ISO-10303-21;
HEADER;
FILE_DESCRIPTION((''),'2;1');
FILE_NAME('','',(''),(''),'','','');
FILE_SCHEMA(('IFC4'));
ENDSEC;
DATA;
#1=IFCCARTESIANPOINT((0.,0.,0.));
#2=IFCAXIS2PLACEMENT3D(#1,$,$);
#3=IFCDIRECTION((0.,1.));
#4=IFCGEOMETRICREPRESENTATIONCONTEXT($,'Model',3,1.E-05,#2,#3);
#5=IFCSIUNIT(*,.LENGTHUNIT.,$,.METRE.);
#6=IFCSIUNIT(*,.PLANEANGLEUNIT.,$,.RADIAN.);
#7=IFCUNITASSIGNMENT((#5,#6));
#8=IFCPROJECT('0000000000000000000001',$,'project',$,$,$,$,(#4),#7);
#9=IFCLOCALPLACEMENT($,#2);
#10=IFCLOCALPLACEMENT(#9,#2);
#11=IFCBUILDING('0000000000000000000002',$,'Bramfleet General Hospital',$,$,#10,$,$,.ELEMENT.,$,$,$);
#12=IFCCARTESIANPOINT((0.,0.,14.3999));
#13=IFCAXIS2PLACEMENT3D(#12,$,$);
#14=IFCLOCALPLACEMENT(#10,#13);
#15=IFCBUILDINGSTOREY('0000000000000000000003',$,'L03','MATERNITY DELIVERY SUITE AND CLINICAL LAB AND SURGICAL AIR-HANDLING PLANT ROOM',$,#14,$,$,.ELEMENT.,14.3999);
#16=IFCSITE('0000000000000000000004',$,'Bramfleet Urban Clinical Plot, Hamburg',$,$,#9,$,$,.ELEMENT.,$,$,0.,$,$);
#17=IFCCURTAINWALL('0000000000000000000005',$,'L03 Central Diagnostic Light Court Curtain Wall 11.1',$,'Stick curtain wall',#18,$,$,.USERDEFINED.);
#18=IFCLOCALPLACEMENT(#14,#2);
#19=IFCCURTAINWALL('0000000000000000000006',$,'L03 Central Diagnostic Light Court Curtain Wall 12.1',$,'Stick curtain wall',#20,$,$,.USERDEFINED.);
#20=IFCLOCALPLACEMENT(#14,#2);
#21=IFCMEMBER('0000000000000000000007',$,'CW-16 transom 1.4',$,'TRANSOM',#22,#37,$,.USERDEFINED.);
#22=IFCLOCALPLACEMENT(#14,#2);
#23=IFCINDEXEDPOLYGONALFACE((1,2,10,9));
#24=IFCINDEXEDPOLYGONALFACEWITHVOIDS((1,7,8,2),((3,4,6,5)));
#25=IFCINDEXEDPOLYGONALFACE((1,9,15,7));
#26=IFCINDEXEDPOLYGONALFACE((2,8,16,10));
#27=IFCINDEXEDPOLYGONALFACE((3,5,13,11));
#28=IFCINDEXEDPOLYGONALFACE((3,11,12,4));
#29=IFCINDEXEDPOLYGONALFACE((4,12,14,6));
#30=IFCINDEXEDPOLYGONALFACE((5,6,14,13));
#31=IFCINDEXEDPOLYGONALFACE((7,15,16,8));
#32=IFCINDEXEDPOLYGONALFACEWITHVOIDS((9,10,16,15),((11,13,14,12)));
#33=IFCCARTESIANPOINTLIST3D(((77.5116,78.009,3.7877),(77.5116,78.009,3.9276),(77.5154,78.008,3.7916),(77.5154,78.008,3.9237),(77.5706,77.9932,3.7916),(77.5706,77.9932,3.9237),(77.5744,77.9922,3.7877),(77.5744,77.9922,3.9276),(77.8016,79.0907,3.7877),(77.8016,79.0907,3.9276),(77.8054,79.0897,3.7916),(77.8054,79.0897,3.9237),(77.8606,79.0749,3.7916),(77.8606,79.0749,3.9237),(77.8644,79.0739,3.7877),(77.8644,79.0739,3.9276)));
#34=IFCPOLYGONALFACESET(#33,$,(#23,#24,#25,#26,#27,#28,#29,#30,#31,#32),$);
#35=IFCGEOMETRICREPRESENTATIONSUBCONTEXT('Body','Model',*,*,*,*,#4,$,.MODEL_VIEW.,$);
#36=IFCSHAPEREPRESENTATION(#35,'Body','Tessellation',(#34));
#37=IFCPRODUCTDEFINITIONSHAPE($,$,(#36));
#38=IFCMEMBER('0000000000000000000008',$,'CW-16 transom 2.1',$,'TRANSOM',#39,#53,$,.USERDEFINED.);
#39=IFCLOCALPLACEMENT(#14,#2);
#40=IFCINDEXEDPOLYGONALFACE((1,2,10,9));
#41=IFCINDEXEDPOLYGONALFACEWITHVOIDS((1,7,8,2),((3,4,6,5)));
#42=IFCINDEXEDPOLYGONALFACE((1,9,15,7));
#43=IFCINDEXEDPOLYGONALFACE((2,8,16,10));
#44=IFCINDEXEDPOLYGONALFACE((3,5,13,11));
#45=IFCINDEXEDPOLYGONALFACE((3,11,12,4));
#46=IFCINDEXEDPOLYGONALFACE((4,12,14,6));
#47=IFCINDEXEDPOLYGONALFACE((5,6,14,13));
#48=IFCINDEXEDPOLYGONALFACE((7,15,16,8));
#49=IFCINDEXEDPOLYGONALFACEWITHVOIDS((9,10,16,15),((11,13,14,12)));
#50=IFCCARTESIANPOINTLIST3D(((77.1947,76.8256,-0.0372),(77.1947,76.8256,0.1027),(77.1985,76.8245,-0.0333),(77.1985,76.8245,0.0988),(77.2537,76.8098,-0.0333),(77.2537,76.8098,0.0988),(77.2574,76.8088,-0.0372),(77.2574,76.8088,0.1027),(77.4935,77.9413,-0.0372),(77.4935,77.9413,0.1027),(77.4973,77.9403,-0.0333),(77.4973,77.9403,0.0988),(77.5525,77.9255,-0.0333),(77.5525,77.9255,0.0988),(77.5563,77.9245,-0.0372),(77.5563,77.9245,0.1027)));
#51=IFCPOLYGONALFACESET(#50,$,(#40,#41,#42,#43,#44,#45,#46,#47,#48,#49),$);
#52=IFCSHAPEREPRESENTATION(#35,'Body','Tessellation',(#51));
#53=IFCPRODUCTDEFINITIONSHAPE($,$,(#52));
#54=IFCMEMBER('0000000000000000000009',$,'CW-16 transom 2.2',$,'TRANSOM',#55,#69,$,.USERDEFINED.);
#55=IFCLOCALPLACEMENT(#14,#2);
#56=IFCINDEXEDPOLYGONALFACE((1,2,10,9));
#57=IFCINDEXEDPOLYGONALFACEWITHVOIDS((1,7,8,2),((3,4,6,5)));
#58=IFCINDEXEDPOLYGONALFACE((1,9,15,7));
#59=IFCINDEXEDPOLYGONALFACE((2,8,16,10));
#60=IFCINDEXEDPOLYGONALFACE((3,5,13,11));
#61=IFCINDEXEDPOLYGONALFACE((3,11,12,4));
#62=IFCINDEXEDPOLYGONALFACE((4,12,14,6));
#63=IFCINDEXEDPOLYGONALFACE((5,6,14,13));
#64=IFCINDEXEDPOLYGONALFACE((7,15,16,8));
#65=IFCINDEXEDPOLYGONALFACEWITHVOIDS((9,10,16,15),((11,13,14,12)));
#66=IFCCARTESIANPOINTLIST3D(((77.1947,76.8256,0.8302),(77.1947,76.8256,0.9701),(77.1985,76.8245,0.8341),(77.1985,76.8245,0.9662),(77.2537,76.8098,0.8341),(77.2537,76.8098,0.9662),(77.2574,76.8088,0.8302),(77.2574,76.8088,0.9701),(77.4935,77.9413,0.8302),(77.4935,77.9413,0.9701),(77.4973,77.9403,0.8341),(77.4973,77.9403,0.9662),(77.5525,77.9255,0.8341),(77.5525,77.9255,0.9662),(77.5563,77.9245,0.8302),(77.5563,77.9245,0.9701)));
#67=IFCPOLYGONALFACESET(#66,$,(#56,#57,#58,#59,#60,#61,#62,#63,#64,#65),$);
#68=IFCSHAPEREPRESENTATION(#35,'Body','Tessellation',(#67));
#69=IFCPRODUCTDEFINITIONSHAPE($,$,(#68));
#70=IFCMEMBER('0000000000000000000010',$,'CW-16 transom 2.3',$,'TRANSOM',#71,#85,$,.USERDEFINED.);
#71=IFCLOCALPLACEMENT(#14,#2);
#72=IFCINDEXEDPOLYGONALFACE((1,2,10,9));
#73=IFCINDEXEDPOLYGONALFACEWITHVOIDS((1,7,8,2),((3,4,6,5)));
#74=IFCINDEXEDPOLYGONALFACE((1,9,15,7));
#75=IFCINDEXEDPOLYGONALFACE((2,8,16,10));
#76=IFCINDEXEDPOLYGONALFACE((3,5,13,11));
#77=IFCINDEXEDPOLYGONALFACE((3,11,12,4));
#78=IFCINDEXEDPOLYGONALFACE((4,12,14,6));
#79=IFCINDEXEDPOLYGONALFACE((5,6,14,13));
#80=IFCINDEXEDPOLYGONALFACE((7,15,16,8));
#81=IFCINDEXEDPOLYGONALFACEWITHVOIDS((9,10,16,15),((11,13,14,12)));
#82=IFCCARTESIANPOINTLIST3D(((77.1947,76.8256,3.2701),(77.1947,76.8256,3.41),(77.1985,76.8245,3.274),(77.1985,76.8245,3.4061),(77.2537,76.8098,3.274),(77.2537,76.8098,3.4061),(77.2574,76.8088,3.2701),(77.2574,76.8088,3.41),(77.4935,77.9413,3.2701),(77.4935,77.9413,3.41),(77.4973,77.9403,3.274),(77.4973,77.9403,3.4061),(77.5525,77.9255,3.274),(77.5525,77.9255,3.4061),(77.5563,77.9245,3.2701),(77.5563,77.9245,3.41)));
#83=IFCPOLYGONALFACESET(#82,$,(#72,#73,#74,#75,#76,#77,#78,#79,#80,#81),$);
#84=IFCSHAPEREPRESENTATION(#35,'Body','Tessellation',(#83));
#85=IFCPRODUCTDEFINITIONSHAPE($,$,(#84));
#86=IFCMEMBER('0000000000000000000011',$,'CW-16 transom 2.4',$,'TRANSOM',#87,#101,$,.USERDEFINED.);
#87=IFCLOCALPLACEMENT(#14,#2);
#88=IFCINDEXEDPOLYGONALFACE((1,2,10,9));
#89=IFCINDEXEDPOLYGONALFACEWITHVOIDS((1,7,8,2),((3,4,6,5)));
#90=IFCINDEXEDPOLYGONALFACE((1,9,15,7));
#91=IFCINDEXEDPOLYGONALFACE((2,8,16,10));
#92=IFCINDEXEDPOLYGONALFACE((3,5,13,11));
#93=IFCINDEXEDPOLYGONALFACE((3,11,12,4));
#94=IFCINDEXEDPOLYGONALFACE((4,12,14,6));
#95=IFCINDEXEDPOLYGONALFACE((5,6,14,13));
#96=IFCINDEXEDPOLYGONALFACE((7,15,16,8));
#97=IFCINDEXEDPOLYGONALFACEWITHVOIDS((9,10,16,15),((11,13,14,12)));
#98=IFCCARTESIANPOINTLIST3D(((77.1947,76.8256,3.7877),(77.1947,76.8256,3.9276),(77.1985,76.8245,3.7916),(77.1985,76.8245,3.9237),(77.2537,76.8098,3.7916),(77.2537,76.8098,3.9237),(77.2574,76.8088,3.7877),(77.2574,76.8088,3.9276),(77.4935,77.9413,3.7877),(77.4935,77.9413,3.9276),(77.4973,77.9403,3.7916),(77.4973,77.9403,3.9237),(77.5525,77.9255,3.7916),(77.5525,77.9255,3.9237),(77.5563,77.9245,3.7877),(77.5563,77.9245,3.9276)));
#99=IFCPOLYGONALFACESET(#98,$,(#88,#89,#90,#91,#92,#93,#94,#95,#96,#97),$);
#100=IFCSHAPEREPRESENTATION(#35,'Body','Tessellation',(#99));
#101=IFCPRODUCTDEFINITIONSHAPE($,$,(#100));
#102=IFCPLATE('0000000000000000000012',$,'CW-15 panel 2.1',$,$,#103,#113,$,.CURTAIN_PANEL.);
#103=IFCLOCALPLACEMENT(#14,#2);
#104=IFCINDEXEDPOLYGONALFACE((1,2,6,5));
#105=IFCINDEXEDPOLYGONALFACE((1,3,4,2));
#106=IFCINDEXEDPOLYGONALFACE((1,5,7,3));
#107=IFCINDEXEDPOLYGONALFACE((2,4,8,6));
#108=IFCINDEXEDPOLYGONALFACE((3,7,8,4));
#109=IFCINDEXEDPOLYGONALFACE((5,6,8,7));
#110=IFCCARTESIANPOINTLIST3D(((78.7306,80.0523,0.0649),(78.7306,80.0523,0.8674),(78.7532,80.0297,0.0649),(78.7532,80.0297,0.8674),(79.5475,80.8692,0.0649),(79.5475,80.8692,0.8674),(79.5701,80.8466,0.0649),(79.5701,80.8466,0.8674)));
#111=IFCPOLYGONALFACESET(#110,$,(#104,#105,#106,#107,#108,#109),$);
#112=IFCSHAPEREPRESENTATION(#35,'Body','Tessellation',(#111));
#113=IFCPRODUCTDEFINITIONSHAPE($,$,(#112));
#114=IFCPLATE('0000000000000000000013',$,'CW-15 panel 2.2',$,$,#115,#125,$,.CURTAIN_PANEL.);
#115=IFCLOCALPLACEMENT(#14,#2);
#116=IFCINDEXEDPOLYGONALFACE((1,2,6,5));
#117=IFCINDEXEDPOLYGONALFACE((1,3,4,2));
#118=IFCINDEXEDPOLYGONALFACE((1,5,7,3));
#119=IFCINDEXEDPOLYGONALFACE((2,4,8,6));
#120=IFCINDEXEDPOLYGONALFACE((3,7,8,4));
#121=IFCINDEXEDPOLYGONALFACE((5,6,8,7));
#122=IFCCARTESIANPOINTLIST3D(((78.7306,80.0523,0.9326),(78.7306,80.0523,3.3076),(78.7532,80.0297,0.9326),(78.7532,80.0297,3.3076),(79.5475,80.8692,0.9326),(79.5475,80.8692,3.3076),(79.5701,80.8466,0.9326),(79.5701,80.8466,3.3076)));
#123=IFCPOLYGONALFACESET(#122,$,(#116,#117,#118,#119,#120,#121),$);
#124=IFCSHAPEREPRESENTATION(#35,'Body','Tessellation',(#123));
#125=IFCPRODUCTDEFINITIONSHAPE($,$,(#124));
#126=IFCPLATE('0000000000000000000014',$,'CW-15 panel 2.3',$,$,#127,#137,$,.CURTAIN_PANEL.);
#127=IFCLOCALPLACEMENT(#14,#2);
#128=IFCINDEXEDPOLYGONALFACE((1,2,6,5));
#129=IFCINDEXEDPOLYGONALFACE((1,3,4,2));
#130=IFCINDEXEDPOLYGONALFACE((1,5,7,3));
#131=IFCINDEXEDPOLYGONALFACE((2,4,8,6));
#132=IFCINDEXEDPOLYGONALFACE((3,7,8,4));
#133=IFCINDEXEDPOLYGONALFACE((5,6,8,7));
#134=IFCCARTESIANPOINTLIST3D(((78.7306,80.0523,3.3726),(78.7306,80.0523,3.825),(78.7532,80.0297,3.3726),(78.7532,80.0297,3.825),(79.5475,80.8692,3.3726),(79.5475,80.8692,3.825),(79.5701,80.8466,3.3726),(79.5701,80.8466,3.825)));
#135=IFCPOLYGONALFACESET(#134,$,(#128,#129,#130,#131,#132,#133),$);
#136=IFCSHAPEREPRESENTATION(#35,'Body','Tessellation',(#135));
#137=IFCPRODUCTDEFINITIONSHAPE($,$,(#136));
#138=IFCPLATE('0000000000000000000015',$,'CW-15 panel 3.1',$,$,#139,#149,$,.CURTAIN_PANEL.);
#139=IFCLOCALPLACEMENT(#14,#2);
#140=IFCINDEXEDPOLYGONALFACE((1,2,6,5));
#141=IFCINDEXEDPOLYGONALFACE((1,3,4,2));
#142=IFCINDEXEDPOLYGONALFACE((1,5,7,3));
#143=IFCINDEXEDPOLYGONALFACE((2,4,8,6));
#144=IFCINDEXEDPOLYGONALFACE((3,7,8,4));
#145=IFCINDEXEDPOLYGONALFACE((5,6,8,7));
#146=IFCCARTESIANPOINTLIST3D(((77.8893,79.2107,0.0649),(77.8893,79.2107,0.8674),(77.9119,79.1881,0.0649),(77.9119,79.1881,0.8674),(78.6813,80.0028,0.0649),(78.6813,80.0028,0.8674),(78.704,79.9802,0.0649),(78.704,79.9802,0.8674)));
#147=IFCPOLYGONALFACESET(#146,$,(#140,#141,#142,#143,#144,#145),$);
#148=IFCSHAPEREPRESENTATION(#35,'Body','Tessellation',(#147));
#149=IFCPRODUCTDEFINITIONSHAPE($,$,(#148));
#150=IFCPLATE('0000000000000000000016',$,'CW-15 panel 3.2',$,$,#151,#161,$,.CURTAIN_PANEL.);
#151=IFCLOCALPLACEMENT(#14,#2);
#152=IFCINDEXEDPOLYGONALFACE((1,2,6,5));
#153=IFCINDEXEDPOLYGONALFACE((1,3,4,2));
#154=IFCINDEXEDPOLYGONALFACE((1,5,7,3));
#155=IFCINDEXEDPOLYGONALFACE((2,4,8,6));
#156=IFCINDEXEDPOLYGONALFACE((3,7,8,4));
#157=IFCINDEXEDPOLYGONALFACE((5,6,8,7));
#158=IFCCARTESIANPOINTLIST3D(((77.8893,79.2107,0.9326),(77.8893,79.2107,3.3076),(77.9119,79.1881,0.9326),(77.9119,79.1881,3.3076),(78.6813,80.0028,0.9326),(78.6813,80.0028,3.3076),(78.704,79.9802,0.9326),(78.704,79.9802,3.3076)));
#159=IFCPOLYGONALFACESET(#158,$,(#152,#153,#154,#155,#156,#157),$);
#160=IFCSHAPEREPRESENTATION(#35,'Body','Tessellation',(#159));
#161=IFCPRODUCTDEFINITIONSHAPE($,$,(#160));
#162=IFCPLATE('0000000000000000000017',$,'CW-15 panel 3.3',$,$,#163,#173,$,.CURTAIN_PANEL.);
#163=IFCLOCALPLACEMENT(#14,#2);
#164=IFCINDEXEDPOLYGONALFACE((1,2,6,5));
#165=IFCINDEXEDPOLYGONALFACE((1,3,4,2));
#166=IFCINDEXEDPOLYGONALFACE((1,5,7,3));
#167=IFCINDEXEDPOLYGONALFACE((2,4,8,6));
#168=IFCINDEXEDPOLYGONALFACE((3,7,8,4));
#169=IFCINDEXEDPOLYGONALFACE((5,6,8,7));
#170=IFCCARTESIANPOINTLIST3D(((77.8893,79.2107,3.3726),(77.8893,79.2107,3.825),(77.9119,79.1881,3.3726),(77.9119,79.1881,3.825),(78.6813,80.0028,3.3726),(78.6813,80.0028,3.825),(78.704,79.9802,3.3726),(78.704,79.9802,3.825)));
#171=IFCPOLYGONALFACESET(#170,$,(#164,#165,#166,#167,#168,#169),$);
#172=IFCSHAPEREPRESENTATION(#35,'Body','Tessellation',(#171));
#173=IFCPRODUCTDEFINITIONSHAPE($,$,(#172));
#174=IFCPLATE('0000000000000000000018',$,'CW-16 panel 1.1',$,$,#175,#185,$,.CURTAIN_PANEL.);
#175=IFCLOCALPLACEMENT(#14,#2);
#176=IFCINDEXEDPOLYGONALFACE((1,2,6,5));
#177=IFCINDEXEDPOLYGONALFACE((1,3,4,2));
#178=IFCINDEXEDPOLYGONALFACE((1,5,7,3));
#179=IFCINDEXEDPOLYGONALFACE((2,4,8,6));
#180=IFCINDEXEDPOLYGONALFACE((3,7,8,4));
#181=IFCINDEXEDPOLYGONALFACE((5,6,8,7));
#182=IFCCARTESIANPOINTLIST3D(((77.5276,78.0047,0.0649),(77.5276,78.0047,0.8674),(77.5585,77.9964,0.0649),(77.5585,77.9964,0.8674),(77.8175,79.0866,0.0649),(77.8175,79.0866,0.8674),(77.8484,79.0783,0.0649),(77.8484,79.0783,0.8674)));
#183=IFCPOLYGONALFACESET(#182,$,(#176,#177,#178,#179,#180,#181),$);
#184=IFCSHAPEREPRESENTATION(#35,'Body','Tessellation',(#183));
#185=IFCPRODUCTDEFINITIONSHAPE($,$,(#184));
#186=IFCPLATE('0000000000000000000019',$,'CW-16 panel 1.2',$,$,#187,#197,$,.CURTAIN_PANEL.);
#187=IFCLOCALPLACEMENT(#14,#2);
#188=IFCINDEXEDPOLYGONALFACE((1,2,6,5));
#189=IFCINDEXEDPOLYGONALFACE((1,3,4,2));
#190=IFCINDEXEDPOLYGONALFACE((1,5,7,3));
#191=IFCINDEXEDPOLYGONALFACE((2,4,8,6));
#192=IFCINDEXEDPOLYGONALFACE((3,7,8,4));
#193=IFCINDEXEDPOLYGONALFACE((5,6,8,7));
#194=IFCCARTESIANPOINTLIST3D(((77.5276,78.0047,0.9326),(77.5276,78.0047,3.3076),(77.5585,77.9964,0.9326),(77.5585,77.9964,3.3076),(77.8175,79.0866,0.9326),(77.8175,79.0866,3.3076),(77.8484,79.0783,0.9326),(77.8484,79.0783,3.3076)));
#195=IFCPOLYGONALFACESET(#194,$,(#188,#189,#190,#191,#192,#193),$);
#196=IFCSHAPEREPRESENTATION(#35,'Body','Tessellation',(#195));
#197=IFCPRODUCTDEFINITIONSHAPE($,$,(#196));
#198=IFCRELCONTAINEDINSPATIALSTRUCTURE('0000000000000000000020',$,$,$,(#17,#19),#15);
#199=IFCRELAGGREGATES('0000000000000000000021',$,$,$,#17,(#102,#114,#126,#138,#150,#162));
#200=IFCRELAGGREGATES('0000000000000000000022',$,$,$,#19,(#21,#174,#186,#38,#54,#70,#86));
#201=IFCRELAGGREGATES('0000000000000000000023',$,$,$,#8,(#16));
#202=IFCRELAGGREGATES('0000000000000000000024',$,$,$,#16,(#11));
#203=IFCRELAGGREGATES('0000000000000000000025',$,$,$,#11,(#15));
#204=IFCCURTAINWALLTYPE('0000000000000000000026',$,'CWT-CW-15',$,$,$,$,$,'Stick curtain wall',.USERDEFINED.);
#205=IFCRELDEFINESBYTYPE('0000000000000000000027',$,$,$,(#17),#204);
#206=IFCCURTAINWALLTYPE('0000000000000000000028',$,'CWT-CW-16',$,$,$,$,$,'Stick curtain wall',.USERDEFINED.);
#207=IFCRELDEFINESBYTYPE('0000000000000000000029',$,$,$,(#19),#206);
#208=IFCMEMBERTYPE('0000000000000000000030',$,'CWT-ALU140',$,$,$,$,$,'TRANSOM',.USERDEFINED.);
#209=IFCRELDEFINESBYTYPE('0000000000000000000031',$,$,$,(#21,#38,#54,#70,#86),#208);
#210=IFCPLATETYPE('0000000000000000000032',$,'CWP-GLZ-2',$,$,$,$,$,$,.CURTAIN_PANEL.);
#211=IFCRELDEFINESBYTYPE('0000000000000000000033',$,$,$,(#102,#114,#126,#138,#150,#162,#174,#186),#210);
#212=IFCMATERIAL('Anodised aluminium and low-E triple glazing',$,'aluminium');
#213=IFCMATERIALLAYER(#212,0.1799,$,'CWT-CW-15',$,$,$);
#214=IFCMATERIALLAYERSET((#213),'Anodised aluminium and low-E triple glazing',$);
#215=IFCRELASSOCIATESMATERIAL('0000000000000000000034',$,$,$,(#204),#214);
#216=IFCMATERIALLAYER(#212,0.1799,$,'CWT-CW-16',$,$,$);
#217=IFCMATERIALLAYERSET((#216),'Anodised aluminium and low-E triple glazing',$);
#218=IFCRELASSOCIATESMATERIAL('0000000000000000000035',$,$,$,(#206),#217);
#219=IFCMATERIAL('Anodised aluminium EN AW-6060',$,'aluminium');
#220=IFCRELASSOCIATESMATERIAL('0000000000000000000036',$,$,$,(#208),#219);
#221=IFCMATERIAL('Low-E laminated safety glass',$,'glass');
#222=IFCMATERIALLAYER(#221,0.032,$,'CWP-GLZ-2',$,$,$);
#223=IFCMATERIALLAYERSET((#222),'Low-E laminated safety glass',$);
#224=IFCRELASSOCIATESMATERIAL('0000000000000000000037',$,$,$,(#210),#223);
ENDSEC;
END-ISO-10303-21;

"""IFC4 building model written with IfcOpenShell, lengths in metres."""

from ifc_helpers import new_model, si_unit, direction, frame, origin, origin_2d, place, context, subcontext, project, spatial, rectangle, hollow_rectangle, extrude, material, layer, layer_set, material_profile, profile_set, type_object, element, aggregate, save


model = new_model("IFC4")

# Units and contexts
model_context = context("Model", 3, precision=1e-05, world=origin(), true_north=direction((0.0, 1.0)))
body_context = subcontext(model_context, "Body", "Model", "MODEL_VIEW")
ifc_project = project(units=[si_unit("LENGTHUNIT", "METRE"), si_unit("PLANEANGLEUNIT", "RADIAN")], contexts=[model_context])

# Site, building, storey
site_placement = place(None, origin())
site = spatial("IfcSite", under=ifc_project, at=site_placement, Name="Bramfleet Urban Clinical Plot, Hamburg", CompositionType="ELEMENT", RefElevation=0.0)
building_placement = place(site_placement, origin())
building = spatial("IfcBuilding", under=site, at=building_placement, Name="Bramfleet General Hospital", CompositionType="ELEMENT")
storey_placement = place(building_placement, frame((0.0, 0.0, 14.3999)))
storey = spatial("IfcBuildingStorey", under=building, at=storey_placement, Name="L03", Description="MATERNITY DELIVERY SUITE AND CLINICAL LAB AND SURGICAL AIR-HANDLING PLANT ROOM", CompositionType="ELEMENT", Elevation=14.3999)

# Curtain walls
ifc_material_1 = material(Name="Anodised aluminium and low-E triple glazing", Category="aluminium")
ifc_layer_1 = layer(ifc_material_1, 0.1799, Name="CWT-CW-15")
ifc_layer_set_1 = layer_set([ifc_layer_1], Name="Anodised aluminium and low-E triple glazing")
curtain_wall_type_1 = type_object("IfcCurtainWallType", Name="CWT-CW-15", ElementType="Stick curtain wall", PredefinedType="USERDEFINED", material=ifc_layer_set_1)
curtain_wall_1_placement = place(storey_placement, origin())
curtain_wall_1 = element("IfcCurtainWall", 1, at=curtain_wall_1_placement, inside=storey, type_object=curtain_wall_type_1, Name="L03 Central Diagnostic Light Court Curtain Wall 11.1", ObjectType="Stick curtain wall", PredefinedType="USERDEFINED")
ifc_material_2 = material(Name="Anodised aluminium EN AW-6060", Category="aluminium")
ifc_layer_2 = layer(ifc_material_1, 0.1799, Name="CWT-CW-16")
ifc_layer_set_2 = layer_set([ifc_layer_2], Name="Anodised aluminium and low-E triple glazing")
curtain_wall_type_2 = type_object("IfcCurtainWallType", Name="CWT-CW-16", ElementType="Stick curtain wall", PredefinedType="USERDEFINED", material=ifc_layer_set_2)
curtain_wall_2_placement = place(storey_placement, origin())
curtain_wall_2 = element("IfcCurtainWall", 2, at=curtain_wall_2_placement, inside=storey, type_object=curtain_wall_type_2, Name="L03 Central Diagnostic Light Court Curtain Wall 12.1", ObjectType="Stick curtain wall", PredefinedType="USERDEFINED")

# Members
ifc_material_profile_1 = material_profile(ifc_material_2, hollow_rectangle(XDim=0.0649, YDim=0.1399, WallThickness=0.0039, at=origin_2d()), Name="ALU 140x65x4.0")
ifc_profile_set_1 = profile_set([ifc_material_profile_1], Name="Anodised aluminium EN AW-6060")
member_type_1 = type_object("IfcMemberType", Name="CWT-ALU140", ElementType="TRANSOM", PredefinedType="USERDEFINED", material=ifc_profile_set_1)
member_1_placement = place(storey_placement, frame((77.833, 79.0823, 3.8577), z_axis=(-0.258965, -0.965887, 0.0), x_axis=(0.965887, -0.258965, 0.0)))
member_1 = element("IfcMember", 3, at=member_1_placement, type_object=member_type_1, Name="CW-16 transom 1.4", ObjectType="TRANSOM", PredefinedType="USERDEFINED", context=body_context, shape_type="SweptSolid", body=[
    extrude(hollow_rectangle(XDim=0.0649, YDim=0.1399, WallThickness=0.0039, at=origin_2d()), origin(), (0.0, 0.0, 1.0), 1.1199),
])
member_2_placement = place(storey_placement, frame((77.5249, 77.9329, 0.0327), z_axis=(-0.258715, -0.965954, 0.0), x_axis=(0.965954, -0.258715, 0.0)))
member_2 = element("IfcMember", 4, at=member_2_placement, type_object=member_type_1, Name="CW-16 transom 2.1", ObjectType="TRANSOM", PredefinedType="USERDEFINED", context=body_context, shape_type="SweptSolid", body=[
    extrude(hollow_rectangle(XDim=0.0649, YDim=0.1399, WallThickness=0.0039, at=origin_2d()), origin(), (0.0, 0.0, 1.0), 1.155),
])
member_3_placement = place(storey_placement, frame((77.5249, 77.9329, 0.9001), z_axis=(-0.258715, -0.965954, 0.0), x_axis=(0.965954, -0.258715, 0.0)))
member_3 = element("IfcMember", 5, at=member_3_placement, type_object=member_type_1, Name="CW-16 transom 2.2", ObjectType="TRANSOM", PredefinedType="USERDEFINED", context=body_context, shape_type="SweptSolid", body=[
    extrude(hollow_rectangle(XDim=0.0649, YDim=0.1399, WallThickness=0.0039, at=origin_2d()), origin(), (0.0, 0.0, 1.0), 1.155),
])
member_4_placement = place(storey_placement, frame((77.5249, 77.9329, 3.3401), z_axis=(-0.258715, -0.965954, 0.0), x_axis=(0.965954, -0.258715, 0.0)))
member_4 = element("IfcMember", 6, at=member_4_placement, type_object=member_type_1, Name="CW-16 transom 2.3", ObjectType="TRANSOM", PredefinedType="USERDEFINED", context=body_context, shape_type="SweptSolid", body=[
    extrude(hollow_rectangle(XDim=0.0649, YDim=0.1399, WallThickness=0.0039, at=origin_2d()), origin(), (0.0, 0.0, 1.0), 1.155),
])
member_5_placement = place(storey_placement, frame((77.5249, 77.9329, 3.8577), z_axis=(-0.258715, -0.965954, 0.0), x_axis=(0.965954, -0.258715, 0.0)))
member_5 = element("IfcMember", 7, at=member_5_placement, type_object=member_type_1, Name="CW-16 transom 2.4", ObjectType="TRANSOM", PredefinedType="USERDEFINED", context=body_context, shape_type="SweptSolid", body=[
    extrude(hollow_rectangle(XDim=0.0649, YDim=0.1399, WallThickness=0.0039, at=origin_2d()), origin(), (0.0, 0.0, 1.0), 1.155),
])

# Plates
ifc_material_3 = material(Name="Low-E laminated safety glass", Category="glass")
ifc_layer_3 = layer(ifc_material_3, 0.032, Name="CWP-GLZ-2")
ifc_layer_set_3 = layer_set([ifc_layer_3], Name="Low-E laminated safety glass")
plate_type = type_object("IfcPlateType", Name="CWP-GLZ-2", PredefinedType="CURTAIN_PANEL", material=ifc_layer_set_3)
plate_1_placement = place(storey_placement, frame((79.1504, 80.4495, 0.0649), z_axis=(0.0, 0.0, 1.0), x_axis=(-0.707107, -0.707107, 0.0)))
plate_1 = element("IfcPlate", 8, at=plate_1_placement, type_object=plate_type, Name="CW-15 panel 2.1", PredefinedType="CURTAIN_PANEL", context=body_context, shape_type="SweptSolid", body=[
    extrude(rectangle(XDim=1.1553, YDim=0.032, at=origin_2d()), origin(), (0.0, 0.0, 1.0), 0.8025),
])
plate_2_placement = place(storey_placement, frame((79.1504, 80.4495, 0.9326), z_axis=(0.0, 0.0, 1.0), x_axis=(-0.707107, -0.707107, 0.0)))
plate_2 = element("IfcPlate", 9, at=plate_2_placement, type_object=plate_type, Name="CW-15 panel 2.2", PredefinedType="CURTAIN_PANEL", context=body_context, shape_type="SweptSolid", body=[
    extrude(rectangle(XDim=1.1553, YDim=0.032, at=origin_2d()), origin(), (0.0, 0.0, 1.0), 2.375),
])
plate_3_placement = place(storey_placement, frame((79.1504, 80.4495, 3.3726), z_axis=(0.0, 0.0, 1.0), x_axis=(-0.707107, -0.707107, 0.0)))
plate_3 = element("IfcPlate", 10, at=plate_3_placement, type_object=plate_type, Name="CW-15 panel 2.3", PredefinedType="CURTAIN_PANEL", context=body_context, shape_type="SweptSolid", body=[
    extrude(rectangle(XDim=1.1553, YDim=0.032, at=origin_2d()), origin(), (0.0, 0.0, 1.0), 0.4524),
])
plate_4_placement = place(storey_placement, frame((78.2966, 79.5955, 0.0649), z_axis=(0.0, 0.0, 1.0), x_axis=(-0.707107, -0.707107, 0.0)))
plate_4 = element("IfcPlate", 11, at=plate_4_placement, type_object=plate_type, Name="CW-15 panel 3.1", PredefinedType="CURTAIN_PANEL", context=body_context, shape_type="SweptSolid", body=[
    extrude(rectangle(XDim=1.1201, YDim=0.032, at=origin_2d()), origin(), (0.0, 0.0, 1.0), 0.8025),
])
plate_5_placement = place(storey_placement, frame((78.2966, 79.5955, 0.9326), z_axis=(0.0, 0.0, 1.0), x_axis=(-0.707107, -0.707107, 0.0)))
plate_5 = element("IfcPlate", 12, at=plate_5_placement, type_object=plate_type, Name="CW-15 panel 3.2", PredefinedType="CURTAIN_PANEL", context=body_context, shape_type="SweptSolid", body=[
    extrude(rectangle(XDim=1.1201, YDim=0.032, at=origin_2d()), origin(), (0.0, 0.0, 1.0), 2.375),
])
plate_6_placement = place(storey_placement, frame((78.2966, 79.5955, 3.3726), z_axis=(0.0, 0.0, 1.0), x_axis=(-0.707107, -0.707107, 0.0)))
plate_6 = element("IfcPlate", 13, at=plate_6_placement, type_object=plate_type, Name="CW-15 panel 3.3", PredefinedType="CURTAIN_PANEL", context=body_context, shape_type="SweptSolid", body=[
    extrude(rectangle(XDim=1.1201, YDim=0.032, at=origin_2d()), origin(), (0.0, 0.0, 1.0), 0.4524),
])
aggregate(curtain_wall_1, [plate_1, plate_2, plate_3, plate_4, plate_5, plate_6])
plate_7_placement = place(storey_placement, frame((77.688, 78.5415, 0.0649), z_axis=(0.0, 0.0, 1.0), x_axis=(-0.258763, -0.965941, 0.0)))
plate_7 = element("IfcPlate", 14, at=plate_7_placement, type_object=plate_type, Name="CW-16 panel 1.1", PredefinedType="CURTAIN_PANEL", context=body_context, shape_type="SweptSolid", body=[
    extrude(rectangle(XDim=1.1201, YDim=0.032, at=origin_2d()), origin(), (0.0, 0.0, 1.0), 0.8025),
])
plate_8_placement = place(storey_placement, frame((77.688, 78.5415, 0.9326), z_axis=(0.0, 0.0, 1.0), x_axis=(-0.258763, -0.965941, 0.0)))
plate_8 = element("IfcPlate", 15, at=plate_8_placement, type_object=plate_type, Name="CW-16 panel 1.2", PredefinedType="CURTAIN_PANEL", context=body_context, shape_type="SweptSolid", body=[
    extrude(rectangle(XDim=1.1201, YDim=0.032, at=origin_2d()), origin(), (0.0, 0.0, 1.0), 2.375),
])
aggregate(curtain_wall_2, [member_1, plate_7, plate_8, member_2, member_3, member_4, member_5])

save(model, "model.ifc")
